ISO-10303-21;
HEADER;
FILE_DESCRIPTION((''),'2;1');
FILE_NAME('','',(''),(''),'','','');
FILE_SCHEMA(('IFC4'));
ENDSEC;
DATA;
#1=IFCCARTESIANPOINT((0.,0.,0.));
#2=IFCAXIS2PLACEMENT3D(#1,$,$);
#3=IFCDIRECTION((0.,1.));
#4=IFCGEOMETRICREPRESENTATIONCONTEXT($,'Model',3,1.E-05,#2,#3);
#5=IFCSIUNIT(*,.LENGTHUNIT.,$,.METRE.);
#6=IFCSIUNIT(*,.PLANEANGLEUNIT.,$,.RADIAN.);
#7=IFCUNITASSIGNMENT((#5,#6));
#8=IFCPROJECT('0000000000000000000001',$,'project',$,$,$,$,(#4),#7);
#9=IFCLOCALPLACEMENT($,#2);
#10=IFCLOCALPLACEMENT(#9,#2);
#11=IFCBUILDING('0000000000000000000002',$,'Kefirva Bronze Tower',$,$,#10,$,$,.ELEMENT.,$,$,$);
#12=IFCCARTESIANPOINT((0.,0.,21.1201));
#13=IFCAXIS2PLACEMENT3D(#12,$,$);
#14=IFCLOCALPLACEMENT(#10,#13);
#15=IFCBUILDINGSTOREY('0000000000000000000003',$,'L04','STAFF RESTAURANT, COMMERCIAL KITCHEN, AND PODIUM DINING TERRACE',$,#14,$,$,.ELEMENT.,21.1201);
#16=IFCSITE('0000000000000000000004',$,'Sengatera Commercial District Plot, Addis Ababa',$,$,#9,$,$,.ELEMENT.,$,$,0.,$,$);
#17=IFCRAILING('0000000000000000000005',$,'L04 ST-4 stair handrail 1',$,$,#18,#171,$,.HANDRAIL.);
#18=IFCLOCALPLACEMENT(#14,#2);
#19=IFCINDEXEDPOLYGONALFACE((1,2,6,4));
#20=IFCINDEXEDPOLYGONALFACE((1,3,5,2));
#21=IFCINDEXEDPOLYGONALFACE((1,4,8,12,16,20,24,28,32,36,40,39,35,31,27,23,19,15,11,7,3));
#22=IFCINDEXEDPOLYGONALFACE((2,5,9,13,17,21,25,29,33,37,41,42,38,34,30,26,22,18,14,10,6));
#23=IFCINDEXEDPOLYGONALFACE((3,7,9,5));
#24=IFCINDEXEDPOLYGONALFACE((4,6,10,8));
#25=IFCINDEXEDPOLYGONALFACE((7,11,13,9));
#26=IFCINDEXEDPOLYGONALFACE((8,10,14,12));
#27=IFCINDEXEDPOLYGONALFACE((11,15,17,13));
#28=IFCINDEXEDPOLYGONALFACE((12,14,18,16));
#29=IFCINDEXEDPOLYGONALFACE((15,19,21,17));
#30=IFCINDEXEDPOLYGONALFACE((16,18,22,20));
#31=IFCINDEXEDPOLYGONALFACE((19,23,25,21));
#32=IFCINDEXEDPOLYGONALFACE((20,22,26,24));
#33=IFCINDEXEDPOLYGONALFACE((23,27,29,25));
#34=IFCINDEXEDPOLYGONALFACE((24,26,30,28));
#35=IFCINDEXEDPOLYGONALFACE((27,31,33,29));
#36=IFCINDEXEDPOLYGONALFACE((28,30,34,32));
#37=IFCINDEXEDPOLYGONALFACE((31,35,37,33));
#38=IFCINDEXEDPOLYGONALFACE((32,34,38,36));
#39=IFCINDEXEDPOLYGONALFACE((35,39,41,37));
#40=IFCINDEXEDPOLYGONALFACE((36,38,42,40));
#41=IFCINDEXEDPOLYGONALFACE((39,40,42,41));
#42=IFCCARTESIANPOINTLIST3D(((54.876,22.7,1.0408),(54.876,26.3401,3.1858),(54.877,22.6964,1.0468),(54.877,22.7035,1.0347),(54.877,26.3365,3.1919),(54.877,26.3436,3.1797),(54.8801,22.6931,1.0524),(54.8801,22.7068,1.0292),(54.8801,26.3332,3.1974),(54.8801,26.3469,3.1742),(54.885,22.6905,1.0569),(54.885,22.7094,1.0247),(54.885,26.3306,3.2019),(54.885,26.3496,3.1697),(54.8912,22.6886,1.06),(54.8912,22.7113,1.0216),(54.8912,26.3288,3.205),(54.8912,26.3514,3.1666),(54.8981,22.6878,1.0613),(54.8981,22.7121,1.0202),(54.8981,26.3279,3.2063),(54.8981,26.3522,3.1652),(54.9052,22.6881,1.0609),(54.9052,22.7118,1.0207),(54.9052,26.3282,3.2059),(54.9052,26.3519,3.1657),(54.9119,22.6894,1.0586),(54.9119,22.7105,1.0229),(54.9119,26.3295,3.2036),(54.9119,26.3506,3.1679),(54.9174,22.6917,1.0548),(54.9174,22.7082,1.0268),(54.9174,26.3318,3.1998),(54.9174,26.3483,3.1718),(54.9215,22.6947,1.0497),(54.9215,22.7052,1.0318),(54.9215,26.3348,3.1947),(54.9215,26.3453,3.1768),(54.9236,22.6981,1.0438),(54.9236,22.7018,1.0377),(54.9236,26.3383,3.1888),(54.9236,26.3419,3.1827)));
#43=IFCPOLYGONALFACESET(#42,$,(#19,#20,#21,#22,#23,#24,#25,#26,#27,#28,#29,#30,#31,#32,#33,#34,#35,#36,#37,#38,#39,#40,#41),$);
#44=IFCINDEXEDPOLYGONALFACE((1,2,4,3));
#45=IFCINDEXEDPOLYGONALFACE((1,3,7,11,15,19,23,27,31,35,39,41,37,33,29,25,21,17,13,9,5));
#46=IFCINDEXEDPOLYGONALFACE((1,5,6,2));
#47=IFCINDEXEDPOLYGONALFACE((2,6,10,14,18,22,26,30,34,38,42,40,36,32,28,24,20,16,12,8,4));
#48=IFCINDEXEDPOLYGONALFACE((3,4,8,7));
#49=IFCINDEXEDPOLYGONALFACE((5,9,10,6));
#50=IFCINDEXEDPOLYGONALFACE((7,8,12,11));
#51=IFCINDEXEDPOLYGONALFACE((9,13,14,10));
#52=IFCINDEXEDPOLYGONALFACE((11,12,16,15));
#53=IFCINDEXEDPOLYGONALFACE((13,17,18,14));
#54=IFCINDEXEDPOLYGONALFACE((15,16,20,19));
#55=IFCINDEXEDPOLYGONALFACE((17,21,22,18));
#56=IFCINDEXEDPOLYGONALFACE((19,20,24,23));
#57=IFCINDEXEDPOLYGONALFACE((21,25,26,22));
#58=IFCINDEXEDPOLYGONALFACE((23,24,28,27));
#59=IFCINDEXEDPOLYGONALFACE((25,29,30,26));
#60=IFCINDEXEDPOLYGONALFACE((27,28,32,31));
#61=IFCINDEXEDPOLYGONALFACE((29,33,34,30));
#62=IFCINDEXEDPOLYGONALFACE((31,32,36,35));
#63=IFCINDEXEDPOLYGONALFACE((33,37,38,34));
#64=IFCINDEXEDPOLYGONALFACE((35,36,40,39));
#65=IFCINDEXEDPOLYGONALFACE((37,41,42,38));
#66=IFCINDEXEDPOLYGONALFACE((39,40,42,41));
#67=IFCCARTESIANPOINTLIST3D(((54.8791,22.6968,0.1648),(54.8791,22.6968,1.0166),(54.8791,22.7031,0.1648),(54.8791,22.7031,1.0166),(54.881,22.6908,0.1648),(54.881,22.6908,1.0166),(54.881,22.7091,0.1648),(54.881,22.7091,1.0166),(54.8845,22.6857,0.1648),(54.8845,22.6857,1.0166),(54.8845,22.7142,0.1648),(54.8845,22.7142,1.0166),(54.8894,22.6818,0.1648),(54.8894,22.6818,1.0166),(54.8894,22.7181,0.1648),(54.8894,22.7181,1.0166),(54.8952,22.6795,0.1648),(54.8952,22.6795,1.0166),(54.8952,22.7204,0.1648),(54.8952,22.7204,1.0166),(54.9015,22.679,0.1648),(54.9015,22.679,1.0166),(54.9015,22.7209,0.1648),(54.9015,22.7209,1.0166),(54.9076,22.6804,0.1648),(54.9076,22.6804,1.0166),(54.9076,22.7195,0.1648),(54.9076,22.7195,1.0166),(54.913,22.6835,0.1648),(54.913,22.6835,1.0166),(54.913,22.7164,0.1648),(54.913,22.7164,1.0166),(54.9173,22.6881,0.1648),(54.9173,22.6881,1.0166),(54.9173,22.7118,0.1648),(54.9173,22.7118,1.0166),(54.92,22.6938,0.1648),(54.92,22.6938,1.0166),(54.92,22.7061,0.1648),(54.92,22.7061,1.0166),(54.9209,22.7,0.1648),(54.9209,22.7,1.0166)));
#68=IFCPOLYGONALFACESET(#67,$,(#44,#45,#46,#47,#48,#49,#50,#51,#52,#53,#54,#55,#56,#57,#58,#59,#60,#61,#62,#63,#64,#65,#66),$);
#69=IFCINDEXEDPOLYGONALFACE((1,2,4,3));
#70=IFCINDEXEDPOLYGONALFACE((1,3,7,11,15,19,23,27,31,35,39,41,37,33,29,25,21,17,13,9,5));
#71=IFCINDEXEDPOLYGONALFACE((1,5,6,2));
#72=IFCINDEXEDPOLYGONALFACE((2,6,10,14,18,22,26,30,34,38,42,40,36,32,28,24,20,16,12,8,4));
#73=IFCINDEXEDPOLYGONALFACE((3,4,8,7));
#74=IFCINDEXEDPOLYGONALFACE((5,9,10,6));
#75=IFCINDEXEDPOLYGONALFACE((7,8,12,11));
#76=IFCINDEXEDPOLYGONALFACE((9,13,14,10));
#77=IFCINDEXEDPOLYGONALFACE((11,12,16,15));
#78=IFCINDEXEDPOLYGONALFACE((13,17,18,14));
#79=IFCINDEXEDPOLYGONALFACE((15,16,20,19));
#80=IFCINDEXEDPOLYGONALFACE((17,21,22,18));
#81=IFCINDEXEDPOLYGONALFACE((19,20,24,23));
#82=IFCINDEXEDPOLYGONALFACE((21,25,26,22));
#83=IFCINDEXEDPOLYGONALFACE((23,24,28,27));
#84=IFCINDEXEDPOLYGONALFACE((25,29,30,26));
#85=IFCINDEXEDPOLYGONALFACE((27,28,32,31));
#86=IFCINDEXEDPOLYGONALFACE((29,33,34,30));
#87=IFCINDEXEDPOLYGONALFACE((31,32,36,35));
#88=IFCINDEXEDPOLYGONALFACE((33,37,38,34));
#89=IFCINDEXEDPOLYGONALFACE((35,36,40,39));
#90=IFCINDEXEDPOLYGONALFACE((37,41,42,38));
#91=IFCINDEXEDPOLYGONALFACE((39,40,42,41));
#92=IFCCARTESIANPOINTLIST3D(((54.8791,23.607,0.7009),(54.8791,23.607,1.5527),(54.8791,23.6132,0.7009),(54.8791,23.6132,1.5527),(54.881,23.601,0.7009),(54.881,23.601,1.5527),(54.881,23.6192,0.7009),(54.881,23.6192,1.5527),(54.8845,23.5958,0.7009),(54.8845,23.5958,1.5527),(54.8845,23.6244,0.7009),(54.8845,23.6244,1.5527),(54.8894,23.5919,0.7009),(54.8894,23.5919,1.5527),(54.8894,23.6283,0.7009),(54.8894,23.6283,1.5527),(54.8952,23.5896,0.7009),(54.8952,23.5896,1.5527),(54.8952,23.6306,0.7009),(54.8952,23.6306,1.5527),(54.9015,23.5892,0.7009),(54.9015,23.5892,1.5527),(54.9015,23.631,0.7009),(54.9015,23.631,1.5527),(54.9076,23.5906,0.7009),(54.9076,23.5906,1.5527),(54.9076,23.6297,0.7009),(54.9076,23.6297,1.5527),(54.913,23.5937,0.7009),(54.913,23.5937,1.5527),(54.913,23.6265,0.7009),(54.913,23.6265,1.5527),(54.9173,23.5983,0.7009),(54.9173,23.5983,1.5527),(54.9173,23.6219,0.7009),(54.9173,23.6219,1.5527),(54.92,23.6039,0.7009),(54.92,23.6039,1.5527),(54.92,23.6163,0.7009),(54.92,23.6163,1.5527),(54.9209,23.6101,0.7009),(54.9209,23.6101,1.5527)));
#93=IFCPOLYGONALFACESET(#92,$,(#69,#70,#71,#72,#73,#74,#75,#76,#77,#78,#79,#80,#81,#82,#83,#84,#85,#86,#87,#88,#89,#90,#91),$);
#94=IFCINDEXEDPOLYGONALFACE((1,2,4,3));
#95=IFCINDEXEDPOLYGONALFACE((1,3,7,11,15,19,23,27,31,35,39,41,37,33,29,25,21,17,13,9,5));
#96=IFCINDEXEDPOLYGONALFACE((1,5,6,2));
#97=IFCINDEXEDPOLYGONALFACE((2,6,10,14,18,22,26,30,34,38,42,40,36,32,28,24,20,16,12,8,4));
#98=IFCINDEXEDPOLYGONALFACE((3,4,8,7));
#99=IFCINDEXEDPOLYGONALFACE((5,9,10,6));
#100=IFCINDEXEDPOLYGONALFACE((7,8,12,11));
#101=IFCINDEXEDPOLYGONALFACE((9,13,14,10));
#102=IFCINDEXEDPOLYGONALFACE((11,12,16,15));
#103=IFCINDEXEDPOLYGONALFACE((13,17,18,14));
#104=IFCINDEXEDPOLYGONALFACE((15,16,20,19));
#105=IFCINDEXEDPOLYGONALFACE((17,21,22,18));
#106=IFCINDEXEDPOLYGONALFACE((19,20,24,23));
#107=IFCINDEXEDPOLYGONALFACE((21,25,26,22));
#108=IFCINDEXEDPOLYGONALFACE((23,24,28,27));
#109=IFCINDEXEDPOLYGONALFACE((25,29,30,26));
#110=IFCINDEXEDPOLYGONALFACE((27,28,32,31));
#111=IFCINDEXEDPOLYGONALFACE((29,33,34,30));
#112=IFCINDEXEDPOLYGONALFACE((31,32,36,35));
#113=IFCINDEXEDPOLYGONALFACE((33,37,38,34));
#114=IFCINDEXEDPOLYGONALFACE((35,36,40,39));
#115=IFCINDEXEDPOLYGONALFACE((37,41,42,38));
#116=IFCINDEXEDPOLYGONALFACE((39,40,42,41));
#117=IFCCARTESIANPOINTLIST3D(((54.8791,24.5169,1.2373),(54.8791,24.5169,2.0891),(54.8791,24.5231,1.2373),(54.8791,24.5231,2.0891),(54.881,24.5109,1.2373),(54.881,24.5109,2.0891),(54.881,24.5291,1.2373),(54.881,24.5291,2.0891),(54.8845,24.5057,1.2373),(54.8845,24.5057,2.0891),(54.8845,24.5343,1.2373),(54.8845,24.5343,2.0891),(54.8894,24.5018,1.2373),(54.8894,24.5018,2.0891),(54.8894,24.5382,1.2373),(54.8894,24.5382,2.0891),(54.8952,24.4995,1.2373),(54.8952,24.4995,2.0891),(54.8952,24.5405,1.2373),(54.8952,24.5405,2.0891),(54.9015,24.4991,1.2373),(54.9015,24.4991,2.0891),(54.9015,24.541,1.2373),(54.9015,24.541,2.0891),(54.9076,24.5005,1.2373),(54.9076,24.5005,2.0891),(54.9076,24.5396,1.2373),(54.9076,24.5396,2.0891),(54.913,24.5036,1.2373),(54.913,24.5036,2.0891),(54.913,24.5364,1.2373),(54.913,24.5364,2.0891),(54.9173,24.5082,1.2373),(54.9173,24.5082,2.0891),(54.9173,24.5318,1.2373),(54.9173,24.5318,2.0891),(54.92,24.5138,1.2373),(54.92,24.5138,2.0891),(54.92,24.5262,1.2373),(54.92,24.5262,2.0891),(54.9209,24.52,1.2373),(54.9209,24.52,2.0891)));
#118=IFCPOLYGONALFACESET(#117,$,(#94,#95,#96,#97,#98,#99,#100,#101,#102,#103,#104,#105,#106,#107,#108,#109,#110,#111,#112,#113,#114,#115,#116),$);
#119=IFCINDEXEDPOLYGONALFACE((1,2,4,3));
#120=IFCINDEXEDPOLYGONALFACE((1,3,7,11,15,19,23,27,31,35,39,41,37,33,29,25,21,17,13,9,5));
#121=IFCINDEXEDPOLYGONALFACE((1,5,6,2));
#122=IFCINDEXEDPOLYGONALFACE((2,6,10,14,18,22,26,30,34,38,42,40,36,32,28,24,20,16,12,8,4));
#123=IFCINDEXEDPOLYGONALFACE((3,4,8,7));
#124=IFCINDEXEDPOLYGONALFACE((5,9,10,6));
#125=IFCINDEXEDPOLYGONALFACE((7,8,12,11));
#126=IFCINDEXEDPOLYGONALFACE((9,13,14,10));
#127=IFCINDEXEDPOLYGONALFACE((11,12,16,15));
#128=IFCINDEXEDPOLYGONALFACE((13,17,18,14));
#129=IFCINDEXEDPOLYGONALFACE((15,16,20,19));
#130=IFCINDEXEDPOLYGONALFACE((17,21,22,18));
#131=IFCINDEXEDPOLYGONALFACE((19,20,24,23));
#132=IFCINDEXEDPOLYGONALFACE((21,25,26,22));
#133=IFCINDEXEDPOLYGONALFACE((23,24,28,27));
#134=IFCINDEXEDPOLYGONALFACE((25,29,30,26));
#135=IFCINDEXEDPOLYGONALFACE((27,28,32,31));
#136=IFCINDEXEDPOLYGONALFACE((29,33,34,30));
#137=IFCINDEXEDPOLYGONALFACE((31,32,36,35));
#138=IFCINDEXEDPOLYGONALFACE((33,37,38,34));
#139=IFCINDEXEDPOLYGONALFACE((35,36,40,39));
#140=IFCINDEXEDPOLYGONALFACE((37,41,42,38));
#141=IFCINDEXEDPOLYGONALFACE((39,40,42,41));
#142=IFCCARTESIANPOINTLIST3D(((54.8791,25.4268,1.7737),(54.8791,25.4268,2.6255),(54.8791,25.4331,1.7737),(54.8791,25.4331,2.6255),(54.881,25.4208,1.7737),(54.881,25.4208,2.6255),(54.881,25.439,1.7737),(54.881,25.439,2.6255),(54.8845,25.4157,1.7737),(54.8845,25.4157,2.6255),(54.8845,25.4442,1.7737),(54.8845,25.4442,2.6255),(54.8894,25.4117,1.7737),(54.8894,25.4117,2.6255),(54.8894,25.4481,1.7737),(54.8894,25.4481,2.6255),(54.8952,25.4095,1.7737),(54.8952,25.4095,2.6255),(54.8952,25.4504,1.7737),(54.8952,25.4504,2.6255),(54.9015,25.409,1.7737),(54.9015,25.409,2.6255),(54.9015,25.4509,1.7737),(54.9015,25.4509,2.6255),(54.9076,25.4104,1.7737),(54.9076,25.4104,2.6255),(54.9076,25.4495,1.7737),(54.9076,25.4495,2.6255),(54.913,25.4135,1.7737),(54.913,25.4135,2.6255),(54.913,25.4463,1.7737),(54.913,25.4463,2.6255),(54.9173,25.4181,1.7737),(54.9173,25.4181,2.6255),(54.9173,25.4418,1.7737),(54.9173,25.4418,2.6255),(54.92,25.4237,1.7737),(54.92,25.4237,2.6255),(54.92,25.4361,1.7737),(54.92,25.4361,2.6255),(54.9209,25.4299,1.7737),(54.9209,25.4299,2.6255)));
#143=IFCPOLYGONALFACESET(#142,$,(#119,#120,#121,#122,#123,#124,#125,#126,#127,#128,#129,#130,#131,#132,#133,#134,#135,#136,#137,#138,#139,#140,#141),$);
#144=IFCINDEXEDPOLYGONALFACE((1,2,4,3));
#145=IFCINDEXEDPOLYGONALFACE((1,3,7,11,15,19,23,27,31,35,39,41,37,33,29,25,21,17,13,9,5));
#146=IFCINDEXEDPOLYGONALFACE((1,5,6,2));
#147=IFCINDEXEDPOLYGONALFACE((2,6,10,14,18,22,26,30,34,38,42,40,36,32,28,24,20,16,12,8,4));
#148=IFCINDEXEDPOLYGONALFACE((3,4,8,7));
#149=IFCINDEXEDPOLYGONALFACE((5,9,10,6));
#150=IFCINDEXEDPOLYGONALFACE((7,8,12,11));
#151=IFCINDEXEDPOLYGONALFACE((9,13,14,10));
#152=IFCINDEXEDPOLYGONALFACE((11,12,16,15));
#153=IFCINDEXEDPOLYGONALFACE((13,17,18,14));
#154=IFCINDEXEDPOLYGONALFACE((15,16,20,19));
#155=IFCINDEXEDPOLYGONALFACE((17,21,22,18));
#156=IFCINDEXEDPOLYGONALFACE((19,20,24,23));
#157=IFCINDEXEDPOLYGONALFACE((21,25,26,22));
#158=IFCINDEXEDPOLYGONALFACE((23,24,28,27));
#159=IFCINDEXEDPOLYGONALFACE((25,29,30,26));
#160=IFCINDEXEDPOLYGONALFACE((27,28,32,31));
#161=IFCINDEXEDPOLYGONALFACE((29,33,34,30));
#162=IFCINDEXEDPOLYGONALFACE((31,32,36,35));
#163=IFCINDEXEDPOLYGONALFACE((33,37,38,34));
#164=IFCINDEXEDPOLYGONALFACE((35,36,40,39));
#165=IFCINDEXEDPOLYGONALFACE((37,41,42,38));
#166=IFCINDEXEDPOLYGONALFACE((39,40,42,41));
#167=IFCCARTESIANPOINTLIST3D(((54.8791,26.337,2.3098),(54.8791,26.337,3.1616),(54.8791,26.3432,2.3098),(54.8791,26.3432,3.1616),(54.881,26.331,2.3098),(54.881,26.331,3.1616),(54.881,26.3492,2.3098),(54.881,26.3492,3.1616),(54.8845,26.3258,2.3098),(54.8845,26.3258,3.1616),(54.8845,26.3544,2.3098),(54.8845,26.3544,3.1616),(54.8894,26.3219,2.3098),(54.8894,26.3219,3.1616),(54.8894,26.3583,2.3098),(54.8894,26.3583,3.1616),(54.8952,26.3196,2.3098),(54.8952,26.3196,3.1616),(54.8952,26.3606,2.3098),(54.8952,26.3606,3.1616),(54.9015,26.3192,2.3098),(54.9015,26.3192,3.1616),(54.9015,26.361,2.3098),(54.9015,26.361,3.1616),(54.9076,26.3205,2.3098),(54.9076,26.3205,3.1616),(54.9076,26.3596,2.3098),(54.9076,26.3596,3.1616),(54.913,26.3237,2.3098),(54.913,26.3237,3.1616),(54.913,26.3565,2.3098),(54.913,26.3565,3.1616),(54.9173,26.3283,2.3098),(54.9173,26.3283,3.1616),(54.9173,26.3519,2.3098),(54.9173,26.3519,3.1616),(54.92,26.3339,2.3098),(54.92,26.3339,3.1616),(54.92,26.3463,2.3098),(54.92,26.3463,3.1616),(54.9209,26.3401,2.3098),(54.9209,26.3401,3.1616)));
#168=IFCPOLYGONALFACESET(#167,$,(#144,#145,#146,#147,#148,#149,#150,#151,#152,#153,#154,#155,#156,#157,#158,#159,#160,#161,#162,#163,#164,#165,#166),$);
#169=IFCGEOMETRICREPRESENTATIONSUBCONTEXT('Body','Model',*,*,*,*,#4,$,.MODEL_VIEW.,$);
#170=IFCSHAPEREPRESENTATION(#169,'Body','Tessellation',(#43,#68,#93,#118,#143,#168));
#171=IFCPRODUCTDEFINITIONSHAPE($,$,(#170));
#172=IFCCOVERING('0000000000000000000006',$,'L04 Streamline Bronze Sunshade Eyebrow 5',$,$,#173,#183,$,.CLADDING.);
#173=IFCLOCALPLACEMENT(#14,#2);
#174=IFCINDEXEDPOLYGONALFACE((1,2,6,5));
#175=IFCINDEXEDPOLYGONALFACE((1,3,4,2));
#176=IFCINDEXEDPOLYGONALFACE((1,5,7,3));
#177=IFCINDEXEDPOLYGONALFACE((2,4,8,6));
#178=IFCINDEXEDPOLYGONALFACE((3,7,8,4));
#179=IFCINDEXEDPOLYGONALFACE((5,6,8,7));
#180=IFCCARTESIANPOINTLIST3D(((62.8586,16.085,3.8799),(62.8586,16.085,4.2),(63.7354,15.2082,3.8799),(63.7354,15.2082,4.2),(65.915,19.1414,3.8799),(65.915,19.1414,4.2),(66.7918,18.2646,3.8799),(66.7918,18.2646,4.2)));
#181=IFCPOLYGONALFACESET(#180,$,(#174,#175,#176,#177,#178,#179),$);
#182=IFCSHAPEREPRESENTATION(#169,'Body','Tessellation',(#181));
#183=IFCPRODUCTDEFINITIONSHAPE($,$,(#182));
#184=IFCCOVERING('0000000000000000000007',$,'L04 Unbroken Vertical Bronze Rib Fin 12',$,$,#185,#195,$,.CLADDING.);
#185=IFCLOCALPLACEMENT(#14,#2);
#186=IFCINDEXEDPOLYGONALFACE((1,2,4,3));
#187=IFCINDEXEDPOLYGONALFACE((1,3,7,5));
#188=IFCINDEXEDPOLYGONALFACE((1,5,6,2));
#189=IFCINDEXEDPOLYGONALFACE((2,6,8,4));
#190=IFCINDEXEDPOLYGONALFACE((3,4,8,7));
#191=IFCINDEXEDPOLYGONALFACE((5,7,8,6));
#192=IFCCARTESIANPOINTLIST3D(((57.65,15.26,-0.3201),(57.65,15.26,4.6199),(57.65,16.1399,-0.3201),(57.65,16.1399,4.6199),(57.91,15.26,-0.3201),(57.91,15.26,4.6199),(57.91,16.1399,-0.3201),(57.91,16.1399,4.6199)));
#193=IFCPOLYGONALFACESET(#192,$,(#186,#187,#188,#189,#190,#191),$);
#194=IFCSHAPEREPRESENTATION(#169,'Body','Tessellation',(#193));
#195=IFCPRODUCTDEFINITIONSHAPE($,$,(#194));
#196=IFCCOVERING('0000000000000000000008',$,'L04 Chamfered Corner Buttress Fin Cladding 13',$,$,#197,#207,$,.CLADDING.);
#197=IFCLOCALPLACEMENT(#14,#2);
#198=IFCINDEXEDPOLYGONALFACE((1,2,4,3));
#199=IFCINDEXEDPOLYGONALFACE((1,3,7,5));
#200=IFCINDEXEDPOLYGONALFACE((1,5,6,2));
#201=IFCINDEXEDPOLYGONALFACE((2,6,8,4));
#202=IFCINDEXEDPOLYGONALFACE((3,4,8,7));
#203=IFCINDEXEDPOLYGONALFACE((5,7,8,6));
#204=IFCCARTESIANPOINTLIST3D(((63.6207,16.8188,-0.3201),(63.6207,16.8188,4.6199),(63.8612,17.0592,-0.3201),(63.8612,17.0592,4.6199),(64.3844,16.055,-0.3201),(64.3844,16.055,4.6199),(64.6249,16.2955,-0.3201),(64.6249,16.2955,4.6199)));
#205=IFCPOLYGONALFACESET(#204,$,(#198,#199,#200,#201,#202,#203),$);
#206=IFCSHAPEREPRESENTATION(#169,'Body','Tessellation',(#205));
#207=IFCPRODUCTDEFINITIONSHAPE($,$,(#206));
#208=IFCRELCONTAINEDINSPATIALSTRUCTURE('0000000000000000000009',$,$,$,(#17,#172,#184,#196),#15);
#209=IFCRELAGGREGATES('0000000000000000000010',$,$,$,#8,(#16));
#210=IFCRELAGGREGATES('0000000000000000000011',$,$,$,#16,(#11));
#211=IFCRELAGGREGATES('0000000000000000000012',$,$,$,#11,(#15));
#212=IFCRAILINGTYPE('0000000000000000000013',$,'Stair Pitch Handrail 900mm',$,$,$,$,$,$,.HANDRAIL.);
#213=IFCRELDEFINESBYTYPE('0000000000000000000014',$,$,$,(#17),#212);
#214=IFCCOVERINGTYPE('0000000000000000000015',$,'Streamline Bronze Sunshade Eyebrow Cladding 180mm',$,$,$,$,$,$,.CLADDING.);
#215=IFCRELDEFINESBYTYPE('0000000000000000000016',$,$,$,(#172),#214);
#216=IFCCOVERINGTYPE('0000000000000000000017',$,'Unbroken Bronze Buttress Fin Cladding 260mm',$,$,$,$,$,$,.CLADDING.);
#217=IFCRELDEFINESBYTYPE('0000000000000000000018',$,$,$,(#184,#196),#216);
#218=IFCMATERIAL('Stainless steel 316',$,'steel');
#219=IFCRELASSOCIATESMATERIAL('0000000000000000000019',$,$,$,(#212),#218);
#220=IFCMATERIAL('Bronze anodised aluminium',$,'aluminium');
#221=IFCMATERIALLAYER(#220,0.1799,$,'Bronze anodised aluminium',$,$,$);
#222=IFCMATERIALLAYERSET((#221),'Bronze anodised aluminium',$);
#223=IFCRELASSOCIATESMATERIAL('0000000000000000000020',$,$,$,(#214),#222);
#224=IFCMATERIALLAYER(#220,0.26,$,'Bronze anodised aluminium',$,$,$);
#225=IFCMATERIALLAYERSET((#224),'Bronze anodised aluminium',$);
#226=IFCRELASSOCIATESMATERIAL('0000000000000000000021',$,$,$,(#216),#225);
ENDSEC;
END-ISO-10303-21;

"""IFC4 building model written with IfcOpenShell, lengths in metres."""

from ifc_helpers import new_model, si_unit, direction, frame, origin, origin_2d, place, context, subcontext, project, spatial, rectangle, circle, extrude, material, layer, layer_set, type_object, element, save


model = new_model("IFC4")

# Units and contexts
model_context = context("Model", 3, precision=1e-05, world=origin(), true_north=direction((0.0, 1.0)))
body_context = subcontext(model_context, "Body", "Model", "MODEL_VIEW")
ifc_project = project(units=[si_unit("LENGTHUNIT", "METRE"), si_unit("PLANEANGLEUNIT", "RADIAN")], contexts=[model_context])

# Site, building, storey
site_placement = place(None, origin())
site = spatial("IfcSite", under=ifc_project, at=site_placement, Name="Sengatera Commercial District Plot, Addis Ababa", CompositionType="ELEMENT", RefElevation=0.0)
building_placement = place(site_placement, origin())
building = spatial("IfcBuilding", under=site, at=building_placement, Name="Kefirva Bronze Tower", CompositionType="ELEMENT")
storey_placement = place(building_placement, frame((0.0, 0.0, 21.1201)))
storey = spatial("IfcBuildingStorey", under=building, at=storey_placement, Name="L04", Description="STAFF RESTAURANT, COMMERCIAL KITCHEN, AND PODIUM DINING TERRACE", CompositionType="ELEMENT", Elevation=21.1201)

# Shared definitions
ifc_material_1 = material(Name="Bronze anodised aluminium", Category="aluminium")

# Railing
ifc_material_2 = material(Name="Stainless steel 316", Category="steel")
railing_type_1 = type_object("IfcRailingType", Name="Stair Pitch Handrail 900mm", PredefinedType="HANDRAIL", material=ifc_material_2)
railing_1_placement = place(storey_placement, frame((54.8999, 22.7, 0.1648)))
element("IfcRailing", 1, at=railing_1_placement, inside=storey, type_object=railing_type_1, Name="L04 ST-4 stair handrail 1", PredefinedType="HANDRAIL", context=body_context, shape_type="SweptSolid", body=[
    extrude(circle(Radius=0.0239, at=origin_2d()), frame((0.0, 0.0, 0.876), z_axis=(0.0, 0.861545, 0.507682), x_axis=(-1.0, 0.0, 0.0)), (0.0, 0.0, 1.0), 4.2251),
    extrude(circle(Radius=0.021, at=origin_2d()), origin(), (0.0, 0.0, 1.0), 0.8518),
    extrude(circle(Radius=0.021, at=origin_2d()), frame((0.0, 0.9102, 0.5361)), (0.0, 0.0, 1.0), 0.8518),
    extrude(circle(Radius=0.021, at=origin_2d()), frame((0.0, 1.8201, 1.0725)), (0.0, 0.0, 1.0), 0.8518),
    extrude(circle(Radius=0.021, at=origin_2d()), frame((0.0, 2.73, 1.6089)), (0.0, 0.0, 1.0), 0.8518),
    extrude(circle(Radius=0.021, at=origin_2d()), frame((0.0, 3.6401, 2.145)), (0.0, 0.0, 1.0), 0.8518),
])

# Coverings
ifc_layer_1 = layer(ifc_material_1, 0.1799, Name="Bronze anodised aluminium")
ifc_layer_set_1 = layer_set([ifc_layer_1], Name="Bronze anodised aluminium")
covering_type_1 = type_object("IfcCoveringType", Name="Streamline Bronze Sunshade Eyebrow Cladding 180mm", PredefinedType="CLADDING", material=ifc_layer_set_1)
covering_1_placement = place(storey_placement, frame((64.8252, 17.1748, 3.8799), z_axis=(0.0, 0.0, 1.0), x_axis=(0.707107, 0.707107, 0.0)))
element("IfcCovering", 2, at=covering_1_placement, inside=storey, type_object=covering_type_1, Name="L04 Streamline Bronze Sunshade Eyebrow 5", PredefinedType="CLADDING", context=body_context, shape_type="SweptSolid", body=[
    extrude(rectangle(XDim=4.3225, YDim=1.24, at=origin_2d()), origin(), (0.0, 0.0, 1.0), 0.3201),
])
ifc_layer_2 = layer(ifc_material_1, 0.26, Name="Bronze anodised aluminium")
ifc_layer_set_2 = layer_set([ifc_layer_2], Name="Bronze anodised aluminium")
covering_type_2 = type_object("IfcCoveringType", Name="Unbroken Bronze Buttress Fin Cladding 260mm", PredefinedType="CLADDING", material=ifc_layer_set_2)
covering_2_placement = place(storey_placement, frame((57.78, 15.7, -0.3201), z_axis=(0.0, 0.0, 1.0), x_axis=(1.0, 0.0, 0.0)))
element("IfcCovering", 3, at=covering_2_placement, inside=storey, type_object=covering_type_2, Name="L04 Unbroken Vertical Bronze Rib Fin 12", PredefinedType="CLADDING", context=body_context, shape_type="SweptSolid", body=[
    extrude(rectangle(XDim=0.26, YDim=0.8799, at=origin_2d()), origin(), (0.0, 0.0, 1.0), 4.9399),
])
for number, where, z_axis, x_axis, name in (
    (4, (64.1228, 16.5571, -0.3201), (0.0, 0.0, 1.0), (0.707107, 0.707107, 0.0), "L04 Chamfered Corner Buttress Fin Cladding 13"),
):
    element("IfcCovering", number, at=place(storey_placement, frame(where, z_axis=z_axis, x_axis=x_axis)), inside=storey, type_object=covering_type_2, Name=name, PredefinedType="CLADDING", context=body_context, shape_type="SweptSolid", body=[
        extrude(rectangle(XDim=0.3401, YDim=1.0801, at=origin_2d()), origin(), (0.0, 0.0, 1.0), 4.9399),
    ])

save(model, "model.ifc")
